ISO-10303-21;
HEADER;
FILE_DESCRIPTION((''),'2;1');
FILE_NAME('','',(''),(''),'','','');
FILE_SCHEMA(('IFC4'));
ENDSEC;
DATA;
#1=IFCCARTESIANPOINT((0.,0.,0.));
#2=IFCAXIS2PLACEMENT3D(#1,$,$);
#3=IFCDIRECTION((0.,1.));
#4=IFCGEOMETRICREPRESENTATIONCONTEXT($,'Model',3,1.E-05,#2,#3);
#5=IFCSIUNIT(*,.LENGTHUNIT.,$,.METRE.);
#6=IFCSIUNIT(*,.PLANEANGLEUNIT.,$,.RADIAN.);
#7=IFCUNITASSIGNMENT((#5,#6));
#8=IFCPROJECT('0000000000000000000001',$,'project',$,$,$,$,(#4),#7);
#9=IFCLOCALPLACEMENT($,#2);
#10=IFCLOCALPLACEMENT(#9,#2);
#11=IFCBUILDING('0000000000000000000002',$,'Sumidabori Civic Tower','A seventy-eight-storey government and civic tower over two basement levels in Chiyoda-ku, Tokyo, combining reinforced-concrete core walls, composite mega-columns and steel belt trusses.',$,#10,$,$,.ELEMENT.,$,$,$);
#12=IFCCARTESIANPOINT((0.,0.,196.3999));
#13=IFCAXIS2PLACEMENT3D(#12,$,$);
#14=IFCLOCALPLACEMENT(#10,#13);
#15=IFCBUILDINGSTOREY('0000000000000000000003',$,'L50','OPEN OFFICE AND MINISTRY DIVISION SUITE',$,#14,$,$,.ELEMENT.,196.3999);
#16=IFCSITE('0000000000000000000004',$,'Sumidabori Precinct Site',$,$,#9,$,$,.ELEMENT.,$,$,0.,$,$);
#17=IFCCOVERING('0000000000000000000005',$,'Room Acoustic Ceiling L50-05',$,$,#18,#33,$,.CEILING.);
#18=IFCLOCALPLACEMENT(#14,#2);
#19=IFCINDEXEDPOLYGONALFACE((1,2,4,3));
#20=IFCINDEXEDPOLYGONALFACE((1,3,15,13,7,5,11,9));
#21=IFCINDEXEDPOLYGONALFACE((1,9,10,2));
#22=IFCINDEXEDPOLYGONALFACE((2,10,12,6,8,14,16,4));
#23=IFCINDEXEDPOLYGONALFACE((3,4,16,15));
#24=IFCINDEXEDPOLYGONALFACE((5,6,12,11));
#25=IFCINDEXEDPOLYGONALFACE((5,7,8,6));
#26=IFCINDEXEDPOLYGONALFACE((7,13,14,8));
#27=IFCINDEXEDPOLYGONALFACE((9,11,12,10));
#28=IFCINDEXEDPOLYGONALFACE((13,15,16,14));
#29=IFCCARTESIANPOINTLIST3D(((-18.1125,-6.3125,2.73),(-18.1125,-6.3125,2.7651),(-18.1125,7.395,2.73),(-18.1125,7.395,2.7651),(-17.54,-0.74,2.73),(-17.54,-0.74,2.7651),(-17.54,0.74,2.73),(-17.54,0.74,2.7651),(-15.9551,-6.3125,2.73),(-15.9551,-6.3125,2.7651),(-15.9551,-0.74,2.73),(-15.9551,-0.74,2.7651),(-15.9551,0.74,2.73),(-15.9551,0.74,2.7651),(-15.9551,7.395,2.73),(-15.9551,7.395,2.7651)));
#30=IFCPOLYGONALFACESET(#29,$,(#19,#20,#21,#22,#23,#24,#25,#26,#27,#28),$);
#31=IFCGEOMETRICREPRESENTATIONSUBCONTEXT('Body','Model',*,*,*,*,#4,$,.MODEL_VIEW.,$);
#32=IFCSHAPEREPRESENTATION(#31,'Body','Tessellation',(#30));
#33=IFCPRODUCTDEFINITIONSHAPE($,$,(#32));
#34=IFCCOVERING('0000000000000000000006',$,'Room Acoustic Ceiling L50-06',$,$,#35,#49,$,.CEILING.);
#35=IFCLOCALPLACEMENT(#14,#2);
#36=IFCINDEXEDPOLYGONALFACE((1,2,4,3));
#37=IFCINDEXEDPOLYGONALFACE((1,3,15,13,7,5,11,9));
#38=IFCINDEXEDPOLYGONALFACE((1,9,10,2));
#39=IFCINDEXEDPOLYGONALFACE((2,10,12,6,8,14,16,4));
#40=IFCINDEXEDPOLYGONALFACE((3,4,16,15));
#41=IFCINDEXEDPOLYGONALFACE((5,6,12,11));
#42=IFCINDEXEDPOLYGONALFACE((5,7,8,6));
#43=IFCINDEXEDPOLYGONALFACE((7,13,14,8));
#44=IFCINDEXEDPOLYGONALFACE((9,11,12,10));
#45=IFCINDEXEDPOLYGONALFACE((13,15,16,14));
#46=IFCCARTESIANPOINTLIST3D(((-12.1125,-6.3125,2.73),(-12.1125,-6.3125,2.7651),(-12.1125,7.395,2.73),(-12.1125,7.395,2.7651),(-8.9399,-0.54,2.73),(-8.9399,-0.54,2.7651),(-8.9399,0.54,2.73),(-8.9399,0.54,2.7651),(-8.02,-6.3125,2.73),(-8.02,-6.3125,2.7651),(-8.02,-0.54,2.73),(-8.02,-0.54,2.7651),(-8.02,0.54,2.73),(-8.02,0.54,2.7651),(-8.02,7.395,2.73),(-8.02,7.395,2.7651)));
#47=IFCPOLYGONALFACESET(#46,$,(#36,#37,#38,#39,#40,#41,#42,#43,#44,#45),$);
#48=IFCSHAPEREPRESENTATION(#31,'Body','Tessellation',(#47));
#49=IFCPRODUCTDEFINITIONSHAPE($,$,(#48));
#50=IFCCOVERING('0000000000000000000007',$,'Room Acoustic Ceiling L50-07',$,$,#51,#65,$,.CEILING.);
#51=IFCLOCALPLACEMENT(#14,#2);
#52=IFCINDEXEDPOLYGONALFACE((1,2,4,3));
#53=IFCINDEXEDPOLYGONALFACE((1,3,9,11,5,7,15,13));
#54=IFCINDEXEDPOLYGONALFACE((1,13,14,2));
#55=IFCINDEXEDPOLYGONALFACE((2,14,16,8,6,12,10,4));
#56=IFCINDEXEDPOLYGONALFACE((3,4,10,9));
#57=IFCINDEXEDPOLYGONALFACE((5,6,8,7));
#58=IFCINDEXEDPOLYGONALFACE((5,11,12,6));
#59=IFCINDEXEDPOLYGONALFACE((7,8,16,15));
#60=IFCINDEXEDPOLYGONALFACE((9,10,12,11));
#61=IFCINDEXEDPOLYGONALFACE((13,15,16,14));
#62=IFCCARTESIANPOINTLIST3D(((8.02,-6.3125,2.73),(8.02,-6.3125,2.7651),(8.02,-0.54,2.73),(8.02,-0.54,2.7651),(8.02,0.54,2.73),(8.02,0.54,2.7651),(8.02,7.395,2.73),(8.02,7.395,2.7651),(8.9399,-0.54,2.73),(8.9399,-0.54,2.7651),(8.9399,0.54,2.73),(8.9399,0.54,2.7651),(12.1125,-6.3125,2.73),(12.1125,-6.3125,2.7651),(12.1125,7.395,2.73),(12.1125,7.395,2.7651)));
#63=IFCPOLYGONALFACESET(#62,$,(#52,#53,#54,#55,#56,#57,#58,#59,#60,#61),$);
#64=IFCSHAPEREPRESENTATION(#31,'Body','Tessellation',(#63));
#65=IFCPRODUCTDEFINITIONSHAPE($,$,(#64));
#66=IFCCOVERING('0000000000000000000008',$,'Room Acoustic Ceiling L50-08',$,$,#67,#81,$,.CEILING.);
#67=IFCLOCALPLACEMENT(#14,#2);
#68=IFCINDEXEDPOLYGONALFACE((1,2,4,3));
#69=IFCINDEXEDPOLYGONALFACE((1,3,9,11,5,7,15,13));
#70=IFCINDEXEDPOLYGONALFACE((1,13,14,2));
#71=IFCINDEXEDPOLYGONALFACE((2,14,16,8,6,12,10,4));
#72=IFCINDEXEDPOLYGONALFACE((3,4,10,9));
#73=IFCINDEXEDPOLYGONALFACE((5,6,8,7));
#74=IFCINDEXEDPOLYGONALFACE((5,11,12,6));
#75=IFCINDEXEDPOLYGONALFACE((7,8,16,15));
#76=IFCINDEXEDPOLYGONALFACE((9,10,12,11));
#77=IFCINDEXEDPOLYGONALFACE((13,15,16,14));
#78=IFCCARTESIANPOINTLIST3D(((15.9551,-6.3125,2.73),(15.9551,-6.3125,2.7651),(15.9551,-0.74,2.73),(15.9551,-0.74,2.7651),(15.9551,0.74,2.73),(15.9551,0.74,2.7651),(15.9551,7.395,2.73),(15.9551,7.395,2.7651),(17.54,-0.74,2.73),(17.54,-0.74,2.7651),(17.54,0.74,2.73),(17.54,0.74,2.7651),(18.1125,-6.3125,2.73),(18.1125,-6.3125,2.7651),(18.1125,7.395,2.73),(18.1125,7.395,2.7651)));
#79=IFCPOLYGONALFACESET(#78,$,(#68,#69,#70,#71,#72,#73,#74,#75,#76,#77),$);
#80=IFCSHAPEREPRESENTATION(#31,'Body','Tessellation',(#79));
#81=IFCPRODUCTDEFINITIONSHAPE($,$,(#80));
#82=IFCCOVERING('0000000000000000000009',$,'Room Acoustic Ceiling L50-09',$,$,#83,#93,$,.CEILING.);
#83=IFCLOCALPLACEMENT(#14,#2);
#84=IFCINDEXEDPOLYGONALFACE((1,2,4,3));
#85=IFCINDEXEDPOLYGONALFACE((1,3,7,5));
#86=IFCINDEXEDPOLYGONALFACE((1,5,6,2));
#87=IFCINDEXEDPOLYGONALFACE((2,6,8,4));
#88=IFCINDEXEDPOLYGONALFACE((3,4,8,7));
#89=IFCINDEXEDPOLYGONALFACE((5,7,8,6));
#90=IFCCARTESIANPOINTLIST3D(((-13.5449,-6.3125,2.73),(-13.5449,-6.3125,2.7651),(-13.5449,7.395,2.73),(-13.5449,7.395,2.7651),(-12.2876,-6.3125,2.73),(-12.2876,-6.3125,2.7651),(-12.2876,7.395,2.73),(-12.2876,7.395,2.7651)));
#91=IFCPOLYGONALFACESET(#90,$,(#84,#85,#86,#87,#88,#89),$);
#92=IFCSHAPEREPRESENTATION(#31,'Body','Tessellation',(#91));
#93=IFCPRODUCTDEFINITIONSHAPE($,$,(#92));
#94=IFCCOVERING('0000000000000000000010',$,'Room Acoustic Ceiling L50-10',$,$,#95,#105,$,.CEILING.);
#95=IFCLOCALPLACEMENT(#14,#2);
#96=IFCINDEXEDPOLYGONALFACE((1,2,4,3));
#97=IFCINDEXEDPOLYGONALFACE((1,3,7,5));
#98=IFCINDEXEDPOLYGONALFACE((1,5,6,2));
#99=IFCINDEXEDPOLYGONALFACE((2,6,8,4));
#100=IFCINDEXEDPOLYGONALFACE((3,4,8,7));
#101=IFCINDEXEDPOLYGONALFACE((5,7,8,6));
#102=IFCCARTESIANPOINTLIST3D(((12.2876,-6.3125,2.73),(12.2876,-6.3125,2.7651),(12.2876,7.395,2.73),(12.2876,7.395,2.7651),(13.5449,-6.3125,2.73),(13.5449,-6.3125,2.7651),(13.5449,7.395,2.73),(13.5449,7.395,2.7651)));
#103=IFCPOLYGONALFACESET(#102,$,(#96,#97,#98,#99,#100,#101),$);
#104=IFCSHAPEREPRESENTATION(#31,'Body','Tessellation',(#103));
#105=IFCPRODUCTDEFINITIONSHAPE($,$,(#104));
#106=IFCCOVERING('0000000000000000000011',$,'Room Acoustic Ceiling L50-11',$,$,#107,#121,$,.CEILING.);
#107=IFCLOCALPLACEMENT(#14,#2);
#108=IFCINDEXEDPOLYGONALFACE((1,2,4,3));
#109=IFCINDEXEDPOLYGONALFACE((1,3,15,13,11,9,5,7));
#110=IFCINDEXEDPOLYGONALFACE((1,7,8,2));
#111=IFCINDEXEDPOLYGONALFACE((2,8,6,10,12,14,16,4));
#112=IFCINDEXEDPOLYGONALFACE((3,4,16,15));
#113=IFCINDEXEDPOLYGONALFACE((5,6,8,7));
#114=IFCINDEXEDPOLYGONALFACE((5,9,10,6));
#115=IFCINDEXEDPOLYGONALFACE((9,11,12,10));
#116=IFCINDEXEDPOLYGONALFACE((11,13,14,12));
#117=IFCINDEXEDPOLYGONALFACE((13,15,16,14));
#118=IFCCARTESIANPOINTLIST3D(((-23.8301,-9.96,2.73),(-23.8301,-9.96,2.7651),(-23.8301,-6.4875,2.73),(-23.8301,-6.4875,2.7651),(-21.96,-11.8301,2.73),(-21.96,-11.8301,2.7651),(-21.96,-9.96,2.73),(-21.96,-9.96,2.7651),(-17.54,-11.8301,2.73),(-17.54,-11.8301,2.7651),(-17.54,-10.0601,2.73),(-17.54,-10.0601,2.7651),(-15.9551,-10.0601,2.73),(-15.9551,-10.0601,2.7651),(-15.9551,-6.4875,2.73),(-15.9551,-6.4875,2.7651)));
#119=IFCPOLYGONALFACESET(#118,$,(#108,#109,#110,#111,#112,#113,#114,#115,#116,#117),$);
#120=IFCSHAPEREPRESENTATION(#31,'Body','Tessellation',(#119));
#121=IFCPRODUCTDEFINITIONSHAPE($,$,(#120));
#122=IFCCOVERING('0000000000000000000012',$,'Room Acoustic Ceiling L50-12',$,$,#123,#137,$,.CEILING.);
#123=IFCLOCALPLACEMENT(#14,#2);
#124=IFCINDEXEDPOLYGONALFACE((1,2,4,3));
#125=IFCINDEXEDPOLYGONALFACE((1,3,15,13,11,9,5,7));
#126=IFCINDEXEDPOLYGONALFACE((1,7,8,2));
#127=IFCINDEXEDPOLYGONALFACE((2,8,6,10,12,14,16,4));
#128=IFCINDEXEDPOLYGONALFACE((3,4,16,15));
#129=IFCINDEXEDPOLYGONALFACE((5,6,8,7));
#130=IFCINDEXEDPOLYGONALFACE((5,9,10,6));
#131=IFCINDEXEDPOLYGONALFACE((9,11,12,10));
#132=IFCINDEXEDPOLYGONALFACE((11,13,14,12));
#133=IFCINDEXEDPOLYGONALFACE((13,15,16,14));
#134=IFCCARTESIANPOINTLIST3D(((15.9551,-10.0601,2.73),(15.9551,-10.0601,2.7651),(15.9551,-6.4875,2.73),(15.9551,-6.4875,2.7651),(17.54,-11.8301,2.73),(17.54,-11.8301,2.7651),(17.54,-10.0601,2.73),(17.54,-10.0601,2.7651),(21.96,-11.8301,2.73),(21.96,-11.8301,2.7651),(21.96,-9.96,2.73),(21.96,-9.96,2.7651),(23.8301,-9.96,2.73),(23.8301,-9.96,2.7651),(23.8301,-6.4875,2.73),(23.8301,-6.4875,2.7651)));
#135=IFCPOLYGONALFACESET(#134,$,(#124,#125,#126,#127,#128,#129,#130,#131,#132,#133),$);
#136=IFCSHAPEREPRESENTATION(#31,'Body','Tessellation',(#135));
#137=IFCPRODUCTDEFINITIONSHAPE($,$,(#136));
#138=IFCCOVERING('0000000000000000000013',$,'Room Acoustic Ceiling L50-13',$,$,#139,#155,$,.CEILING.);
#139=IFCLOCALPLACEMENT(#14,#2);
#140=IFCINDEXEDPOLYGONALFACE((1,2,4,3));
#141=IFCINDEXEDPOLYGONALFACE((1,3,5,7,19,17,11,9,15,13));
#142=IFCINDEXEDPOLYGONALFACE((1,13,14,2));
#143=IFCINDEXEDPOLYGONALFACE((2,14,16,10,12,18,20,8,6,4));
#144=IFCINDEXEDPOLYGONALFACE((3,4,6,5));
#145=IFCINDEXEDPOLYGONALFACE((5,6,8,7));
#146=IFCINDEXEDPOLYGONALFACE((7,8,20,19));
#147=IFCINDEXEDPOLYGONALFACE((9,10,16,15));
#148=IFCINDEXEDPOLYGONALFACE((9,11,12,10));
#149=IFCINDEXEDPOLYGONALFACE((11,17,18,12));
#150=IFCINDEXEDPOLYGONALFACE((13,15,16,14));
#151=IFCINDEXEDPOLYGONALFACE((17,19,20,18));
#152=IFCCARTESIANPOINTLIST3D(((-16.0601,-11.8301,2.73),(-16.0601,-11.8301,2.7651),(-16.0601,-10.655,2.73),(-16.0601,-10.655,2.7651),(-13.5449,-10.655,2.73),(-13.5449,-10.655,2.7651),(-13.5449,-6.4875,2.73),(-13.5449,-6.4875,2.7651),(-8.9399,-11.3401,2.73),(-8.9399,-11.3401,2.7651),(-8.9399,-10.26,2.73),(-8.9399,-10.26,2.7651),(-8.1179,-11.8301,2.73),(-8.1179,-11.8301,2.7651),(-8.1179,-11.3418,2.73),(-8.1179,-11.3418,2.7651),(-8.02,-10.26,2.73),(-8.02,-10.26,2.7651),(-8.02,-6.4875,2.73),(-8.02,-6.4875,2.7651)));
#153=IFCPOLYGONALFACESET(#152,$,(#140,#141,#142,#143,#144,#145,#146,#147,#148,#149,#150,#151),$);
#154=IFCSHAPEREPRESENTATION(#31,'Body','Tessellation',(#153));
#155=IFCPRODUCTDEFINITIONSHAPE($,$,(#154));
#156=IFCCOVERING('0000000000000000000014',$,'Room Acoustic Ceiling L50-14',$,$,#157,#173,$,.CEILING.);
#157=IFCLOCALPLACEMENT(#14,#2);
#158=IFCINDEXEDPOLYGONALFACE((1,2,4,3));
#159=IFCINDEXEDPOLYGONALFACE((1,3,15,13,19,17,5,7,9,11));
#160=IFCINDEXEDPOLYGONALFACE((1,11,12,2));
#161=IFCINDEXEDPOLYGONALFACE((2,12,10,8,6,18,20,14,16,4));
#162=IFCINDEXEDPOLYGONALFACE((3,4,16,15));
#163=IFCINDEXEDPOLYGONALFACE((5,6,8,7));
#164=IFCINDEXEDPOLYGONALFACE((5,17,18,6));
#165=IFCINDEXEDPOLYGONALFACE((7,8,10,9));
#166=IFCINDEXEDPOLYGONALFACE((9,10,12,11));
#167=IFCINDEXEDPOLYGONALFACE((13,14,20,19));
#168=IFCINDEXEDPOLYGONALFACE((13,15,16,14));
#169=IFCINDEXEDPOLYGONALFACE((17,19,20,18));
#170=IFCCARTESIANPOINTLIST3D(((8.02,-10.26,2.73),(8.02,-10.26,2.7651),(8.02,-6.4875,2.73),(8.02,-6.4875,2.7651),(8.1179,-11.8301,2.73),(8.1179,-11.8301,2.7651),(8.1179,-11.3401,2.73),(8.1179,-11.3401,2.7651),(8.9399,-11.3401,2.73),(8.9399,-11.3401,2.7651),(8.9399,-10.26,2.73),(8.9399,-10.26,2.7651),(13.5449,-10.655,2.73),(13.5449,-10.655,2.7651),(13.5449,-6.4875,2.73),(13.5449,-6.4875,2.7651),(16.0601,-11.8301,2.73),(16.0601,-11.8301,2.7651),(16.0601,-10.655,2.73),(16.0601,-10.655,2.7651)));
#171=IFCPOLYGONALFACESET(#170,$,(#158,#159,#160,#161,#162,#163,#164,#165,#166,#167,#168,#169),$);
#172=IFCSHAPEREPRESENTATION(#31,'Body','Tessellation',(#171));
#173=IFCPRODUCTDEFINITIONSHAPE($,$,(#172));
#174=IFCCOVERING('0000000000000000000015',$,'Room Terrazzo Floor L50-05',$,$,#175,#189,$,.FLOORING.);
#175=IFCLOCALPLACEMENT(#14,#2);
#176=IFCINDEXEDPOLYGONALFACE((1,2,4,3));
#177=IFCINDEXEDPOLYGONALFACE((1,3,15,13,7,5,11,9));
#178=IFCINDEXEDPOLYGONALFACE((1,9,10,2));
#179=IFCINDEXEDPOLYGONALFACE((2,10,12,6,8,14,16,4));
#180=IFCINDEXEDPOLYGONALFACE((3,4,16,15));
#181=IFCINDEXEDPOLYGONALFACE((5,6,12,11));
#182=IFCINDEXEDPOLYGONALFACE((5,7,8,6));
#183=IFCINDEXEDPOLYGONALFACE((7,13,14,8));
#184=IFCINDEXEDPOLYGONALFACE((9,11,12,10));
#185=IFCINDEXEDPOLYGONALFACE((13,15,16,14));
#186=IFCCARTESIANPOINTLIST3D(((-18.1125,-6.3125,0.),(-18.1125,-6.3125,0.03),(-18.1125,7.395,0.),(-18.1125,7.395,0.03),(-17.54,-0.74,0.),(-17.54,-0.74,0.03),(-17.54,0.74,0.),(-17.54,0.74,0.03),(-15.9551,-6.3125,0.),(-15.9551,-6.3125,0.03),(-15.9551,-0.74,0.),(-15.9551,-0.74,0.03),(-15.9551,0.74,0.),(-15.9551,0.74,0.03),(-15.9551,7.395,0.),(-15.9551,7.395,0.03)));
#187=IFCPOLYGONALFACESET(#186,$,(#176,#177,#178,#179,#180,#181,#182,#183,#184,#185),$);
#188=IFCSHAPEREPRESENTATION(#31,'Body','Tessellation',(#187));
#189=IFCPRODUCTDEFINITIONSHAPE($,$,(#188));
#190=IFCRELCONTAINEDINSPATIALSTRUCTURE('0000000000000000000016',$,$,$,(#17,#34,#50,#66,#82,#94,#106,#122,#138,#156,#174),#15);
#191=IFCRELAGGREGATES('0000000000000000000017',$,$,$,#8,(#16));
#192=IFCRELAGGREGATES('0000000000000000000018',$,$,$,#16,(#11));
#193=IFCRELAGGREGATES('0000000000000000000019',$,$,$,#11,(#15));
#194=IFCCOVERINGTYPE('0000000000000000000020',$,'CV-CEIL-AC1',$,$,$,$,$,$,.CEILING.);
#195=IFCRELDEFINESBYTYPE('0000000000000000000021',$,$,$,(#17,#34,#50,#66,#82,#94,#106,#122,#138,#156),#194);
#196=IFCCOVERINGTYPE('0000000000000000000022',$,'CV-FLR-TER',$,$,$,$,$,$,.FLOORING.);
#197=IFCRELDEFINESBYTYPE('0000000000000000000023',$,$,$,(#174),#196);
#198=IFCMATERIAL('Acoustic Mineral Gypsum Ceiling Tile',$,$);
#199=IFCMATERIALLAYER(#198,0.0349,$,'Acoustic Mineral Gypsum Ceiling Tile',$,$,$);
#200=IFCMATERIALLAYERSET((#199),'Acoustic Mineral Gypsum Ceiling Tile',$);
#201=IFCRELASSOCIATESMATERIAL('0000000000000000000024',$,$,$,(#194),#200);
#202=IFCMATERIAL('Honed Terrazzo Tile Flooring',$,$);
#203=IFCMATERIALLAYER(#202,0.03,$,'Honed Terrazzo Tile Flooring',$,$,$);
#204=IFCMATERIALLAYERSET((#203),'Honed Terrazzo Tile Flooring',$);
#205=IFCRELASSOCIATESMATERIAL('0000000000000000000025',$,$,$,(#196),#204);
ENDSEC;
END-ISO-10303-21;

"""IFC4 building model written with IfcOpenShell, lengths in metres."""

from ifc_helpers import new_model, si_unit, direction, frame, origin, place, context, subcontext, project, spatial, polyline, outline, extrude, material, layer, layer_set, type_object, element, save


model = new_model("IFC4")

# Units and contexts
model_context = context("Model", 3, precision=1e-05, world=origin(), true_north=direction((0.0, 1.0)))
body_context = subcontext(model_context, "Body", "Model", "MODEL_VIEW")
ifc_project = project(units=[si_unit("LENGTHUNIT", "METRE"), si_unit("PLANEANGLEUNIT", "RADIAN")], contexts=[model_context])

# Site, building, storey
site_placement = place(None, origin())
site = spatial("IfcSite", under=ifc_project, at=site_placement, Name="Sumidabori Precinct Site", CompositionType="ELEMENT", RefElevation=0.0)
building_placement = place(site_placement, origin())
building = spatial("IfcBuilding", under=site, at=building_placement, Name="Sumidabori Civic Tower", Description="A seventy-eight-storey government and civic tower over two basement levels in Chiyoda-ku, Tokyo, combining reinforced-concrete core walls, composite mega-columns and steel belt trusses.", CompositionType="ELEMENT")
storey_placement = place(building_placement, frame((0.0, 0.0, 196.3999)))
storey = spatial("IfcBuildingStorey", under=building, at=storey_placement, Name="L50", Description="OPEN OFFICE AND MINISTRY DIVISION SUITE", CompositionType="ELEMENT", Elevation=196.3999)

# Coverings
ifc_material_1 = material(Name="Acoustic Mineral Gypsum Ceiling Tile")
ifc_layer_1 = layer(ifc_material_1, 0.0349, Name="Acoustic Mineral Gypsum Ceiling Tile")
ifc_layer_set_1 = layer_set([ifc_layer_1], Name="Acoustic Mineral Gypsum Ceiling Tile")
covering_type_1 = type_object("IfcCoveringType", Name="CV-CEIL-AC1", PredefinedType="CEILING", material=ifc_layer_set_1)
covering_1_placement = place(storey_placement, frame((0.0, 0.0, 2.73)))
element("IfcCovering", 1, at=covering_1_placement, inside=storey, type_object=covering_type_1, Name="Room Acoustic Ceiling L50-05", PredefinedType="CEILING", context=body_context, shape_type="SweptSolid", body=[
    extrude(outline(polyline([(-18.1125, -6.3125), (-18.1125, 7.395), (-15.9551, 7.395), (-15.9551, 0.74), (-17.54, 0.74), (-17.54, -0.74), (-15.9551, -0.74), (-15.9551, -6.3125), (-18.1125, -6.3125)])), origin(), (0.0, 0.0, 1.0), 0.0352),
])
covering_2_placement = place(storey_placement, frame((0.0, 0.0, 2.73)))
element("IfcCovering", 2, at=covering_2_placement, inside=storey, type_object=covering_type_1, Name="Room Acoustic Ceiling L50-06", PredefinedType="CEILING", context=body_context, shape_type="SweptSolid", body=[
    extrude(outline(polyline([(-12.1125, 7.395), (-8.02, 7.395), (-8.02, 0.54), (-8.9399, 0.54), (-8.9399, -0.54), (-8.02, -0.54), (-8.02, -6.3125), (-12.1125, -6.3125), (-12.1125, 7.395)])), origin(), (0.0, 0.0, 1.0), 0.0352),
])
covering_3_placement = place(storey_placement, frame((0.0, 0.0, 2.73)))
element("IfcCovering", 3, at=covering_3_placement, inside=storey, type_object=covering_type_1, Name="Room Acoustic Ceiling L50-07", PredefinedType="CEILING", context=body_context, shape_type="SweptSolid", body=[
    extrude(outline(polyline([(8.02, -6.3125), (8.02, -0.54), (8.9399, -0.54), (8.9399, 0.54), (8.02, 0.54), (8.02, 7.395), (12.1125, 7.395), (12.1125, -6.3125), (8.02, -6.3125)])), origin(), (0.0, 0.0, 1.0), 0.0352),
])
covering_4_placement = place(storey_placement, frame((0.0, 0.0, 2.73)))
element("IfcCovering", 4, at=covering_4_placement, inside=storey, type_object=covering_type_1, Name="Room Acoustic Ceiling L50-08", PredefinedType="CEILING", context=body_context, shape_type="SweptSolid", body=[
    extrude(outline(polyline([(15.9551, -0.74), (17.54, -0.74), (17.54, 0.74), (15.9551, 0.74), (15.9551, 7.395), (18.1125, 7.395), (18.1125, -6.3125), (15.9551, -6.3125), (15.9551, -0.74)])), origin(), (0.0, 0.0, 1.0), 0.0352),
])
covering_5_placement = place(storey_placement, frame((0.0, 0.0, 2.73)))
element("IfcCovering", 5, at=covering_5_placement, inside=storey, type_object=covering_type_1, Name="Room Acoustic Ceiling L50-09", PredefinedType="CEILING", context=body_context, shape_type="SweptSolid", body=[
    extrude(outline(polyline([(-13.5449, 7.395), (-12.2876, 7.395), (-12.2876, -6.3125), (-13.5449, -6.3125), (-13.5449, 7.395)])), origin(), (0.0, 0.0, 1.0), 0.0352),
])
covering_6_placement = place(storey_placement, frame((0.0, 0.0, 2.73)))
element("IfcCovering", 6, at=covering_6_placement, inside=storey, type_object=covering_type_1, Name="Room Acoustic Ceiling L50-10", PredefinedType="CEILING", context=body_context, shape_type="SweptSolid", body=[
    extrude(outline(polyline([(12.2876, -6.3125), (12.2876, 7.395), (13.5449, 7.395), (13.5449, -6.3125), (12.2876, -6.3125)])), origin(), (0.0, 0.0, 1.0), 0.0352),
])
covering_7_placement = place(storey_placement, frame((0.0, 0.0, 2.73)))
element("IfcCovering", 7, at=covering_7_placement, inside=storey, type_object=covering_type_1, Name="Room Acoustic Ceiling L50-11", PredefinedType="CEILING", context=body_context, shape_type="SweptSolid", body=[
    extrude(outline(polyline([(-23.8301, -6.4875), (-15.9551, -6.4875), (-15.9551, -10.0601), (-17.54, -10.0601), (-17.54, -11.8301), (-21.96, -11.8301), (-21.96, -9.96), (-23.8301, -9.96), (-23.8301, -6.4875)])), origin(), (0.0, 0.0, 1.0), 0.0352),
])
covering_8_placement = place(storey_placement, frame((0.0, 0.0, 2.73)))
element("IfcCovering", 8, at=covering_8_placement, inside=storey, type_object=covering_type_1, Name="Room Acoustic Ceiling L50-12", PredefinedType="CEILING", context=body_context, shape_type="SweptSolid", body=[
    extrude(outline(polyline([(17.54, -10.0601), (15.9551, -10.0601), (15.9551, -6.4875), (23.8301, -6.4875), (23.8301, -9.96), (21.96, -9.96), (21.96, -11.8301), (17.54, -11.8301), (17.54, -10.0601)])), origin(), (0.0, 0.0, 1.0), 0.0352),
])
covering_9_placement = place(storey_placement, frame((0.0, 0.0, 2.73)))
element("IfcCovering", 9, at=covering_9_placement, inside=storey, type_object=covering_type_1, Name="Room Acoustic Ceiling L50-13", PredefinedType="CEILING", context=body_context, shape_type="SweptSolid", body=[
    extrude(outline(polyline([(-16.0601, -10.655), (-13.5449, -10.655), (-13.5449, -6.4875), (-8.02, -6.4875), (-8.02, -10.26), (-8.9399, -10.26), (-8.9399, -11.3401), (-8.1179, -11.3418), (-8.1179, -11.8301), (-16.0601, -11.8301), (-16.0601, -10.655)])), origin(), (0.0, 0.0, 1.0), 0.0352),
])
covering_10_placement = place(storey_placement, frame((0.0, 0.0, 2.73)))
element("IfcCovering", 10, at=covering_10_placement, inside=storey, type_object=covering_type_1, Name="Room Acoustic Ceiling L50-14", PredefinedType="CEILING", context=body_context, shape_type="SweptSolid", body=[
    extrude(outline(polyline([(8.9399, -11.3401), (8.9399, -10.26), (8.02, -10.26), (8.02, -6.4875), (13.5449, -6.4875), (13.5449, -10.655), (16.0601, -10.655), (16.0601, -11.8301), (8.1179, -11.8301), (8.1179, -11.3401), (8.9399, -11.3401)])), origin(), (0.0, 0.0, 1.0), 0.0352),
])
ifc_material_2 = material(Name="Honed Terrazzo Tile Flooring")
ifc_layer_2 = layer(ifc_material_2, 0.03, Name="Honed Terrazzo Tile Flooring")
ifc_layer_set_2 = layer_set([ifc_layer_2], Name="Honed Terrazzo Tile Flooring")
covering_type_2 = type_object("IfcCoveringType", Name="CV-FLR-TER", PredefinedType="FLOORING", material=ifc_layer_set_2)
covering_11_placement = place(storey_placement, origin())
element("IfcCovering", 11, at=covering_11_placement, inside=storey, type_object=covering_type_2, Name="Room Terrazzo Floor L50-05", PredefinedType="FLOORING", context=body_context, shape_type="SweptSolid", body=[
    extrude(outline(polyline([(-18.1125, -6.3125), (-18.1125, 7.395), (-15.9551, 7.395), (-15.9551, 0.74), (-17.54, 0.74), (-17.54, -0.74), (-15.9551, -0.74), (-15.9551, -6.3125), (-18.1125, -6.3125)])), origin(), (0.0, 0.0, 1.0), 0.03),
])

save(model, "model.ifc")
